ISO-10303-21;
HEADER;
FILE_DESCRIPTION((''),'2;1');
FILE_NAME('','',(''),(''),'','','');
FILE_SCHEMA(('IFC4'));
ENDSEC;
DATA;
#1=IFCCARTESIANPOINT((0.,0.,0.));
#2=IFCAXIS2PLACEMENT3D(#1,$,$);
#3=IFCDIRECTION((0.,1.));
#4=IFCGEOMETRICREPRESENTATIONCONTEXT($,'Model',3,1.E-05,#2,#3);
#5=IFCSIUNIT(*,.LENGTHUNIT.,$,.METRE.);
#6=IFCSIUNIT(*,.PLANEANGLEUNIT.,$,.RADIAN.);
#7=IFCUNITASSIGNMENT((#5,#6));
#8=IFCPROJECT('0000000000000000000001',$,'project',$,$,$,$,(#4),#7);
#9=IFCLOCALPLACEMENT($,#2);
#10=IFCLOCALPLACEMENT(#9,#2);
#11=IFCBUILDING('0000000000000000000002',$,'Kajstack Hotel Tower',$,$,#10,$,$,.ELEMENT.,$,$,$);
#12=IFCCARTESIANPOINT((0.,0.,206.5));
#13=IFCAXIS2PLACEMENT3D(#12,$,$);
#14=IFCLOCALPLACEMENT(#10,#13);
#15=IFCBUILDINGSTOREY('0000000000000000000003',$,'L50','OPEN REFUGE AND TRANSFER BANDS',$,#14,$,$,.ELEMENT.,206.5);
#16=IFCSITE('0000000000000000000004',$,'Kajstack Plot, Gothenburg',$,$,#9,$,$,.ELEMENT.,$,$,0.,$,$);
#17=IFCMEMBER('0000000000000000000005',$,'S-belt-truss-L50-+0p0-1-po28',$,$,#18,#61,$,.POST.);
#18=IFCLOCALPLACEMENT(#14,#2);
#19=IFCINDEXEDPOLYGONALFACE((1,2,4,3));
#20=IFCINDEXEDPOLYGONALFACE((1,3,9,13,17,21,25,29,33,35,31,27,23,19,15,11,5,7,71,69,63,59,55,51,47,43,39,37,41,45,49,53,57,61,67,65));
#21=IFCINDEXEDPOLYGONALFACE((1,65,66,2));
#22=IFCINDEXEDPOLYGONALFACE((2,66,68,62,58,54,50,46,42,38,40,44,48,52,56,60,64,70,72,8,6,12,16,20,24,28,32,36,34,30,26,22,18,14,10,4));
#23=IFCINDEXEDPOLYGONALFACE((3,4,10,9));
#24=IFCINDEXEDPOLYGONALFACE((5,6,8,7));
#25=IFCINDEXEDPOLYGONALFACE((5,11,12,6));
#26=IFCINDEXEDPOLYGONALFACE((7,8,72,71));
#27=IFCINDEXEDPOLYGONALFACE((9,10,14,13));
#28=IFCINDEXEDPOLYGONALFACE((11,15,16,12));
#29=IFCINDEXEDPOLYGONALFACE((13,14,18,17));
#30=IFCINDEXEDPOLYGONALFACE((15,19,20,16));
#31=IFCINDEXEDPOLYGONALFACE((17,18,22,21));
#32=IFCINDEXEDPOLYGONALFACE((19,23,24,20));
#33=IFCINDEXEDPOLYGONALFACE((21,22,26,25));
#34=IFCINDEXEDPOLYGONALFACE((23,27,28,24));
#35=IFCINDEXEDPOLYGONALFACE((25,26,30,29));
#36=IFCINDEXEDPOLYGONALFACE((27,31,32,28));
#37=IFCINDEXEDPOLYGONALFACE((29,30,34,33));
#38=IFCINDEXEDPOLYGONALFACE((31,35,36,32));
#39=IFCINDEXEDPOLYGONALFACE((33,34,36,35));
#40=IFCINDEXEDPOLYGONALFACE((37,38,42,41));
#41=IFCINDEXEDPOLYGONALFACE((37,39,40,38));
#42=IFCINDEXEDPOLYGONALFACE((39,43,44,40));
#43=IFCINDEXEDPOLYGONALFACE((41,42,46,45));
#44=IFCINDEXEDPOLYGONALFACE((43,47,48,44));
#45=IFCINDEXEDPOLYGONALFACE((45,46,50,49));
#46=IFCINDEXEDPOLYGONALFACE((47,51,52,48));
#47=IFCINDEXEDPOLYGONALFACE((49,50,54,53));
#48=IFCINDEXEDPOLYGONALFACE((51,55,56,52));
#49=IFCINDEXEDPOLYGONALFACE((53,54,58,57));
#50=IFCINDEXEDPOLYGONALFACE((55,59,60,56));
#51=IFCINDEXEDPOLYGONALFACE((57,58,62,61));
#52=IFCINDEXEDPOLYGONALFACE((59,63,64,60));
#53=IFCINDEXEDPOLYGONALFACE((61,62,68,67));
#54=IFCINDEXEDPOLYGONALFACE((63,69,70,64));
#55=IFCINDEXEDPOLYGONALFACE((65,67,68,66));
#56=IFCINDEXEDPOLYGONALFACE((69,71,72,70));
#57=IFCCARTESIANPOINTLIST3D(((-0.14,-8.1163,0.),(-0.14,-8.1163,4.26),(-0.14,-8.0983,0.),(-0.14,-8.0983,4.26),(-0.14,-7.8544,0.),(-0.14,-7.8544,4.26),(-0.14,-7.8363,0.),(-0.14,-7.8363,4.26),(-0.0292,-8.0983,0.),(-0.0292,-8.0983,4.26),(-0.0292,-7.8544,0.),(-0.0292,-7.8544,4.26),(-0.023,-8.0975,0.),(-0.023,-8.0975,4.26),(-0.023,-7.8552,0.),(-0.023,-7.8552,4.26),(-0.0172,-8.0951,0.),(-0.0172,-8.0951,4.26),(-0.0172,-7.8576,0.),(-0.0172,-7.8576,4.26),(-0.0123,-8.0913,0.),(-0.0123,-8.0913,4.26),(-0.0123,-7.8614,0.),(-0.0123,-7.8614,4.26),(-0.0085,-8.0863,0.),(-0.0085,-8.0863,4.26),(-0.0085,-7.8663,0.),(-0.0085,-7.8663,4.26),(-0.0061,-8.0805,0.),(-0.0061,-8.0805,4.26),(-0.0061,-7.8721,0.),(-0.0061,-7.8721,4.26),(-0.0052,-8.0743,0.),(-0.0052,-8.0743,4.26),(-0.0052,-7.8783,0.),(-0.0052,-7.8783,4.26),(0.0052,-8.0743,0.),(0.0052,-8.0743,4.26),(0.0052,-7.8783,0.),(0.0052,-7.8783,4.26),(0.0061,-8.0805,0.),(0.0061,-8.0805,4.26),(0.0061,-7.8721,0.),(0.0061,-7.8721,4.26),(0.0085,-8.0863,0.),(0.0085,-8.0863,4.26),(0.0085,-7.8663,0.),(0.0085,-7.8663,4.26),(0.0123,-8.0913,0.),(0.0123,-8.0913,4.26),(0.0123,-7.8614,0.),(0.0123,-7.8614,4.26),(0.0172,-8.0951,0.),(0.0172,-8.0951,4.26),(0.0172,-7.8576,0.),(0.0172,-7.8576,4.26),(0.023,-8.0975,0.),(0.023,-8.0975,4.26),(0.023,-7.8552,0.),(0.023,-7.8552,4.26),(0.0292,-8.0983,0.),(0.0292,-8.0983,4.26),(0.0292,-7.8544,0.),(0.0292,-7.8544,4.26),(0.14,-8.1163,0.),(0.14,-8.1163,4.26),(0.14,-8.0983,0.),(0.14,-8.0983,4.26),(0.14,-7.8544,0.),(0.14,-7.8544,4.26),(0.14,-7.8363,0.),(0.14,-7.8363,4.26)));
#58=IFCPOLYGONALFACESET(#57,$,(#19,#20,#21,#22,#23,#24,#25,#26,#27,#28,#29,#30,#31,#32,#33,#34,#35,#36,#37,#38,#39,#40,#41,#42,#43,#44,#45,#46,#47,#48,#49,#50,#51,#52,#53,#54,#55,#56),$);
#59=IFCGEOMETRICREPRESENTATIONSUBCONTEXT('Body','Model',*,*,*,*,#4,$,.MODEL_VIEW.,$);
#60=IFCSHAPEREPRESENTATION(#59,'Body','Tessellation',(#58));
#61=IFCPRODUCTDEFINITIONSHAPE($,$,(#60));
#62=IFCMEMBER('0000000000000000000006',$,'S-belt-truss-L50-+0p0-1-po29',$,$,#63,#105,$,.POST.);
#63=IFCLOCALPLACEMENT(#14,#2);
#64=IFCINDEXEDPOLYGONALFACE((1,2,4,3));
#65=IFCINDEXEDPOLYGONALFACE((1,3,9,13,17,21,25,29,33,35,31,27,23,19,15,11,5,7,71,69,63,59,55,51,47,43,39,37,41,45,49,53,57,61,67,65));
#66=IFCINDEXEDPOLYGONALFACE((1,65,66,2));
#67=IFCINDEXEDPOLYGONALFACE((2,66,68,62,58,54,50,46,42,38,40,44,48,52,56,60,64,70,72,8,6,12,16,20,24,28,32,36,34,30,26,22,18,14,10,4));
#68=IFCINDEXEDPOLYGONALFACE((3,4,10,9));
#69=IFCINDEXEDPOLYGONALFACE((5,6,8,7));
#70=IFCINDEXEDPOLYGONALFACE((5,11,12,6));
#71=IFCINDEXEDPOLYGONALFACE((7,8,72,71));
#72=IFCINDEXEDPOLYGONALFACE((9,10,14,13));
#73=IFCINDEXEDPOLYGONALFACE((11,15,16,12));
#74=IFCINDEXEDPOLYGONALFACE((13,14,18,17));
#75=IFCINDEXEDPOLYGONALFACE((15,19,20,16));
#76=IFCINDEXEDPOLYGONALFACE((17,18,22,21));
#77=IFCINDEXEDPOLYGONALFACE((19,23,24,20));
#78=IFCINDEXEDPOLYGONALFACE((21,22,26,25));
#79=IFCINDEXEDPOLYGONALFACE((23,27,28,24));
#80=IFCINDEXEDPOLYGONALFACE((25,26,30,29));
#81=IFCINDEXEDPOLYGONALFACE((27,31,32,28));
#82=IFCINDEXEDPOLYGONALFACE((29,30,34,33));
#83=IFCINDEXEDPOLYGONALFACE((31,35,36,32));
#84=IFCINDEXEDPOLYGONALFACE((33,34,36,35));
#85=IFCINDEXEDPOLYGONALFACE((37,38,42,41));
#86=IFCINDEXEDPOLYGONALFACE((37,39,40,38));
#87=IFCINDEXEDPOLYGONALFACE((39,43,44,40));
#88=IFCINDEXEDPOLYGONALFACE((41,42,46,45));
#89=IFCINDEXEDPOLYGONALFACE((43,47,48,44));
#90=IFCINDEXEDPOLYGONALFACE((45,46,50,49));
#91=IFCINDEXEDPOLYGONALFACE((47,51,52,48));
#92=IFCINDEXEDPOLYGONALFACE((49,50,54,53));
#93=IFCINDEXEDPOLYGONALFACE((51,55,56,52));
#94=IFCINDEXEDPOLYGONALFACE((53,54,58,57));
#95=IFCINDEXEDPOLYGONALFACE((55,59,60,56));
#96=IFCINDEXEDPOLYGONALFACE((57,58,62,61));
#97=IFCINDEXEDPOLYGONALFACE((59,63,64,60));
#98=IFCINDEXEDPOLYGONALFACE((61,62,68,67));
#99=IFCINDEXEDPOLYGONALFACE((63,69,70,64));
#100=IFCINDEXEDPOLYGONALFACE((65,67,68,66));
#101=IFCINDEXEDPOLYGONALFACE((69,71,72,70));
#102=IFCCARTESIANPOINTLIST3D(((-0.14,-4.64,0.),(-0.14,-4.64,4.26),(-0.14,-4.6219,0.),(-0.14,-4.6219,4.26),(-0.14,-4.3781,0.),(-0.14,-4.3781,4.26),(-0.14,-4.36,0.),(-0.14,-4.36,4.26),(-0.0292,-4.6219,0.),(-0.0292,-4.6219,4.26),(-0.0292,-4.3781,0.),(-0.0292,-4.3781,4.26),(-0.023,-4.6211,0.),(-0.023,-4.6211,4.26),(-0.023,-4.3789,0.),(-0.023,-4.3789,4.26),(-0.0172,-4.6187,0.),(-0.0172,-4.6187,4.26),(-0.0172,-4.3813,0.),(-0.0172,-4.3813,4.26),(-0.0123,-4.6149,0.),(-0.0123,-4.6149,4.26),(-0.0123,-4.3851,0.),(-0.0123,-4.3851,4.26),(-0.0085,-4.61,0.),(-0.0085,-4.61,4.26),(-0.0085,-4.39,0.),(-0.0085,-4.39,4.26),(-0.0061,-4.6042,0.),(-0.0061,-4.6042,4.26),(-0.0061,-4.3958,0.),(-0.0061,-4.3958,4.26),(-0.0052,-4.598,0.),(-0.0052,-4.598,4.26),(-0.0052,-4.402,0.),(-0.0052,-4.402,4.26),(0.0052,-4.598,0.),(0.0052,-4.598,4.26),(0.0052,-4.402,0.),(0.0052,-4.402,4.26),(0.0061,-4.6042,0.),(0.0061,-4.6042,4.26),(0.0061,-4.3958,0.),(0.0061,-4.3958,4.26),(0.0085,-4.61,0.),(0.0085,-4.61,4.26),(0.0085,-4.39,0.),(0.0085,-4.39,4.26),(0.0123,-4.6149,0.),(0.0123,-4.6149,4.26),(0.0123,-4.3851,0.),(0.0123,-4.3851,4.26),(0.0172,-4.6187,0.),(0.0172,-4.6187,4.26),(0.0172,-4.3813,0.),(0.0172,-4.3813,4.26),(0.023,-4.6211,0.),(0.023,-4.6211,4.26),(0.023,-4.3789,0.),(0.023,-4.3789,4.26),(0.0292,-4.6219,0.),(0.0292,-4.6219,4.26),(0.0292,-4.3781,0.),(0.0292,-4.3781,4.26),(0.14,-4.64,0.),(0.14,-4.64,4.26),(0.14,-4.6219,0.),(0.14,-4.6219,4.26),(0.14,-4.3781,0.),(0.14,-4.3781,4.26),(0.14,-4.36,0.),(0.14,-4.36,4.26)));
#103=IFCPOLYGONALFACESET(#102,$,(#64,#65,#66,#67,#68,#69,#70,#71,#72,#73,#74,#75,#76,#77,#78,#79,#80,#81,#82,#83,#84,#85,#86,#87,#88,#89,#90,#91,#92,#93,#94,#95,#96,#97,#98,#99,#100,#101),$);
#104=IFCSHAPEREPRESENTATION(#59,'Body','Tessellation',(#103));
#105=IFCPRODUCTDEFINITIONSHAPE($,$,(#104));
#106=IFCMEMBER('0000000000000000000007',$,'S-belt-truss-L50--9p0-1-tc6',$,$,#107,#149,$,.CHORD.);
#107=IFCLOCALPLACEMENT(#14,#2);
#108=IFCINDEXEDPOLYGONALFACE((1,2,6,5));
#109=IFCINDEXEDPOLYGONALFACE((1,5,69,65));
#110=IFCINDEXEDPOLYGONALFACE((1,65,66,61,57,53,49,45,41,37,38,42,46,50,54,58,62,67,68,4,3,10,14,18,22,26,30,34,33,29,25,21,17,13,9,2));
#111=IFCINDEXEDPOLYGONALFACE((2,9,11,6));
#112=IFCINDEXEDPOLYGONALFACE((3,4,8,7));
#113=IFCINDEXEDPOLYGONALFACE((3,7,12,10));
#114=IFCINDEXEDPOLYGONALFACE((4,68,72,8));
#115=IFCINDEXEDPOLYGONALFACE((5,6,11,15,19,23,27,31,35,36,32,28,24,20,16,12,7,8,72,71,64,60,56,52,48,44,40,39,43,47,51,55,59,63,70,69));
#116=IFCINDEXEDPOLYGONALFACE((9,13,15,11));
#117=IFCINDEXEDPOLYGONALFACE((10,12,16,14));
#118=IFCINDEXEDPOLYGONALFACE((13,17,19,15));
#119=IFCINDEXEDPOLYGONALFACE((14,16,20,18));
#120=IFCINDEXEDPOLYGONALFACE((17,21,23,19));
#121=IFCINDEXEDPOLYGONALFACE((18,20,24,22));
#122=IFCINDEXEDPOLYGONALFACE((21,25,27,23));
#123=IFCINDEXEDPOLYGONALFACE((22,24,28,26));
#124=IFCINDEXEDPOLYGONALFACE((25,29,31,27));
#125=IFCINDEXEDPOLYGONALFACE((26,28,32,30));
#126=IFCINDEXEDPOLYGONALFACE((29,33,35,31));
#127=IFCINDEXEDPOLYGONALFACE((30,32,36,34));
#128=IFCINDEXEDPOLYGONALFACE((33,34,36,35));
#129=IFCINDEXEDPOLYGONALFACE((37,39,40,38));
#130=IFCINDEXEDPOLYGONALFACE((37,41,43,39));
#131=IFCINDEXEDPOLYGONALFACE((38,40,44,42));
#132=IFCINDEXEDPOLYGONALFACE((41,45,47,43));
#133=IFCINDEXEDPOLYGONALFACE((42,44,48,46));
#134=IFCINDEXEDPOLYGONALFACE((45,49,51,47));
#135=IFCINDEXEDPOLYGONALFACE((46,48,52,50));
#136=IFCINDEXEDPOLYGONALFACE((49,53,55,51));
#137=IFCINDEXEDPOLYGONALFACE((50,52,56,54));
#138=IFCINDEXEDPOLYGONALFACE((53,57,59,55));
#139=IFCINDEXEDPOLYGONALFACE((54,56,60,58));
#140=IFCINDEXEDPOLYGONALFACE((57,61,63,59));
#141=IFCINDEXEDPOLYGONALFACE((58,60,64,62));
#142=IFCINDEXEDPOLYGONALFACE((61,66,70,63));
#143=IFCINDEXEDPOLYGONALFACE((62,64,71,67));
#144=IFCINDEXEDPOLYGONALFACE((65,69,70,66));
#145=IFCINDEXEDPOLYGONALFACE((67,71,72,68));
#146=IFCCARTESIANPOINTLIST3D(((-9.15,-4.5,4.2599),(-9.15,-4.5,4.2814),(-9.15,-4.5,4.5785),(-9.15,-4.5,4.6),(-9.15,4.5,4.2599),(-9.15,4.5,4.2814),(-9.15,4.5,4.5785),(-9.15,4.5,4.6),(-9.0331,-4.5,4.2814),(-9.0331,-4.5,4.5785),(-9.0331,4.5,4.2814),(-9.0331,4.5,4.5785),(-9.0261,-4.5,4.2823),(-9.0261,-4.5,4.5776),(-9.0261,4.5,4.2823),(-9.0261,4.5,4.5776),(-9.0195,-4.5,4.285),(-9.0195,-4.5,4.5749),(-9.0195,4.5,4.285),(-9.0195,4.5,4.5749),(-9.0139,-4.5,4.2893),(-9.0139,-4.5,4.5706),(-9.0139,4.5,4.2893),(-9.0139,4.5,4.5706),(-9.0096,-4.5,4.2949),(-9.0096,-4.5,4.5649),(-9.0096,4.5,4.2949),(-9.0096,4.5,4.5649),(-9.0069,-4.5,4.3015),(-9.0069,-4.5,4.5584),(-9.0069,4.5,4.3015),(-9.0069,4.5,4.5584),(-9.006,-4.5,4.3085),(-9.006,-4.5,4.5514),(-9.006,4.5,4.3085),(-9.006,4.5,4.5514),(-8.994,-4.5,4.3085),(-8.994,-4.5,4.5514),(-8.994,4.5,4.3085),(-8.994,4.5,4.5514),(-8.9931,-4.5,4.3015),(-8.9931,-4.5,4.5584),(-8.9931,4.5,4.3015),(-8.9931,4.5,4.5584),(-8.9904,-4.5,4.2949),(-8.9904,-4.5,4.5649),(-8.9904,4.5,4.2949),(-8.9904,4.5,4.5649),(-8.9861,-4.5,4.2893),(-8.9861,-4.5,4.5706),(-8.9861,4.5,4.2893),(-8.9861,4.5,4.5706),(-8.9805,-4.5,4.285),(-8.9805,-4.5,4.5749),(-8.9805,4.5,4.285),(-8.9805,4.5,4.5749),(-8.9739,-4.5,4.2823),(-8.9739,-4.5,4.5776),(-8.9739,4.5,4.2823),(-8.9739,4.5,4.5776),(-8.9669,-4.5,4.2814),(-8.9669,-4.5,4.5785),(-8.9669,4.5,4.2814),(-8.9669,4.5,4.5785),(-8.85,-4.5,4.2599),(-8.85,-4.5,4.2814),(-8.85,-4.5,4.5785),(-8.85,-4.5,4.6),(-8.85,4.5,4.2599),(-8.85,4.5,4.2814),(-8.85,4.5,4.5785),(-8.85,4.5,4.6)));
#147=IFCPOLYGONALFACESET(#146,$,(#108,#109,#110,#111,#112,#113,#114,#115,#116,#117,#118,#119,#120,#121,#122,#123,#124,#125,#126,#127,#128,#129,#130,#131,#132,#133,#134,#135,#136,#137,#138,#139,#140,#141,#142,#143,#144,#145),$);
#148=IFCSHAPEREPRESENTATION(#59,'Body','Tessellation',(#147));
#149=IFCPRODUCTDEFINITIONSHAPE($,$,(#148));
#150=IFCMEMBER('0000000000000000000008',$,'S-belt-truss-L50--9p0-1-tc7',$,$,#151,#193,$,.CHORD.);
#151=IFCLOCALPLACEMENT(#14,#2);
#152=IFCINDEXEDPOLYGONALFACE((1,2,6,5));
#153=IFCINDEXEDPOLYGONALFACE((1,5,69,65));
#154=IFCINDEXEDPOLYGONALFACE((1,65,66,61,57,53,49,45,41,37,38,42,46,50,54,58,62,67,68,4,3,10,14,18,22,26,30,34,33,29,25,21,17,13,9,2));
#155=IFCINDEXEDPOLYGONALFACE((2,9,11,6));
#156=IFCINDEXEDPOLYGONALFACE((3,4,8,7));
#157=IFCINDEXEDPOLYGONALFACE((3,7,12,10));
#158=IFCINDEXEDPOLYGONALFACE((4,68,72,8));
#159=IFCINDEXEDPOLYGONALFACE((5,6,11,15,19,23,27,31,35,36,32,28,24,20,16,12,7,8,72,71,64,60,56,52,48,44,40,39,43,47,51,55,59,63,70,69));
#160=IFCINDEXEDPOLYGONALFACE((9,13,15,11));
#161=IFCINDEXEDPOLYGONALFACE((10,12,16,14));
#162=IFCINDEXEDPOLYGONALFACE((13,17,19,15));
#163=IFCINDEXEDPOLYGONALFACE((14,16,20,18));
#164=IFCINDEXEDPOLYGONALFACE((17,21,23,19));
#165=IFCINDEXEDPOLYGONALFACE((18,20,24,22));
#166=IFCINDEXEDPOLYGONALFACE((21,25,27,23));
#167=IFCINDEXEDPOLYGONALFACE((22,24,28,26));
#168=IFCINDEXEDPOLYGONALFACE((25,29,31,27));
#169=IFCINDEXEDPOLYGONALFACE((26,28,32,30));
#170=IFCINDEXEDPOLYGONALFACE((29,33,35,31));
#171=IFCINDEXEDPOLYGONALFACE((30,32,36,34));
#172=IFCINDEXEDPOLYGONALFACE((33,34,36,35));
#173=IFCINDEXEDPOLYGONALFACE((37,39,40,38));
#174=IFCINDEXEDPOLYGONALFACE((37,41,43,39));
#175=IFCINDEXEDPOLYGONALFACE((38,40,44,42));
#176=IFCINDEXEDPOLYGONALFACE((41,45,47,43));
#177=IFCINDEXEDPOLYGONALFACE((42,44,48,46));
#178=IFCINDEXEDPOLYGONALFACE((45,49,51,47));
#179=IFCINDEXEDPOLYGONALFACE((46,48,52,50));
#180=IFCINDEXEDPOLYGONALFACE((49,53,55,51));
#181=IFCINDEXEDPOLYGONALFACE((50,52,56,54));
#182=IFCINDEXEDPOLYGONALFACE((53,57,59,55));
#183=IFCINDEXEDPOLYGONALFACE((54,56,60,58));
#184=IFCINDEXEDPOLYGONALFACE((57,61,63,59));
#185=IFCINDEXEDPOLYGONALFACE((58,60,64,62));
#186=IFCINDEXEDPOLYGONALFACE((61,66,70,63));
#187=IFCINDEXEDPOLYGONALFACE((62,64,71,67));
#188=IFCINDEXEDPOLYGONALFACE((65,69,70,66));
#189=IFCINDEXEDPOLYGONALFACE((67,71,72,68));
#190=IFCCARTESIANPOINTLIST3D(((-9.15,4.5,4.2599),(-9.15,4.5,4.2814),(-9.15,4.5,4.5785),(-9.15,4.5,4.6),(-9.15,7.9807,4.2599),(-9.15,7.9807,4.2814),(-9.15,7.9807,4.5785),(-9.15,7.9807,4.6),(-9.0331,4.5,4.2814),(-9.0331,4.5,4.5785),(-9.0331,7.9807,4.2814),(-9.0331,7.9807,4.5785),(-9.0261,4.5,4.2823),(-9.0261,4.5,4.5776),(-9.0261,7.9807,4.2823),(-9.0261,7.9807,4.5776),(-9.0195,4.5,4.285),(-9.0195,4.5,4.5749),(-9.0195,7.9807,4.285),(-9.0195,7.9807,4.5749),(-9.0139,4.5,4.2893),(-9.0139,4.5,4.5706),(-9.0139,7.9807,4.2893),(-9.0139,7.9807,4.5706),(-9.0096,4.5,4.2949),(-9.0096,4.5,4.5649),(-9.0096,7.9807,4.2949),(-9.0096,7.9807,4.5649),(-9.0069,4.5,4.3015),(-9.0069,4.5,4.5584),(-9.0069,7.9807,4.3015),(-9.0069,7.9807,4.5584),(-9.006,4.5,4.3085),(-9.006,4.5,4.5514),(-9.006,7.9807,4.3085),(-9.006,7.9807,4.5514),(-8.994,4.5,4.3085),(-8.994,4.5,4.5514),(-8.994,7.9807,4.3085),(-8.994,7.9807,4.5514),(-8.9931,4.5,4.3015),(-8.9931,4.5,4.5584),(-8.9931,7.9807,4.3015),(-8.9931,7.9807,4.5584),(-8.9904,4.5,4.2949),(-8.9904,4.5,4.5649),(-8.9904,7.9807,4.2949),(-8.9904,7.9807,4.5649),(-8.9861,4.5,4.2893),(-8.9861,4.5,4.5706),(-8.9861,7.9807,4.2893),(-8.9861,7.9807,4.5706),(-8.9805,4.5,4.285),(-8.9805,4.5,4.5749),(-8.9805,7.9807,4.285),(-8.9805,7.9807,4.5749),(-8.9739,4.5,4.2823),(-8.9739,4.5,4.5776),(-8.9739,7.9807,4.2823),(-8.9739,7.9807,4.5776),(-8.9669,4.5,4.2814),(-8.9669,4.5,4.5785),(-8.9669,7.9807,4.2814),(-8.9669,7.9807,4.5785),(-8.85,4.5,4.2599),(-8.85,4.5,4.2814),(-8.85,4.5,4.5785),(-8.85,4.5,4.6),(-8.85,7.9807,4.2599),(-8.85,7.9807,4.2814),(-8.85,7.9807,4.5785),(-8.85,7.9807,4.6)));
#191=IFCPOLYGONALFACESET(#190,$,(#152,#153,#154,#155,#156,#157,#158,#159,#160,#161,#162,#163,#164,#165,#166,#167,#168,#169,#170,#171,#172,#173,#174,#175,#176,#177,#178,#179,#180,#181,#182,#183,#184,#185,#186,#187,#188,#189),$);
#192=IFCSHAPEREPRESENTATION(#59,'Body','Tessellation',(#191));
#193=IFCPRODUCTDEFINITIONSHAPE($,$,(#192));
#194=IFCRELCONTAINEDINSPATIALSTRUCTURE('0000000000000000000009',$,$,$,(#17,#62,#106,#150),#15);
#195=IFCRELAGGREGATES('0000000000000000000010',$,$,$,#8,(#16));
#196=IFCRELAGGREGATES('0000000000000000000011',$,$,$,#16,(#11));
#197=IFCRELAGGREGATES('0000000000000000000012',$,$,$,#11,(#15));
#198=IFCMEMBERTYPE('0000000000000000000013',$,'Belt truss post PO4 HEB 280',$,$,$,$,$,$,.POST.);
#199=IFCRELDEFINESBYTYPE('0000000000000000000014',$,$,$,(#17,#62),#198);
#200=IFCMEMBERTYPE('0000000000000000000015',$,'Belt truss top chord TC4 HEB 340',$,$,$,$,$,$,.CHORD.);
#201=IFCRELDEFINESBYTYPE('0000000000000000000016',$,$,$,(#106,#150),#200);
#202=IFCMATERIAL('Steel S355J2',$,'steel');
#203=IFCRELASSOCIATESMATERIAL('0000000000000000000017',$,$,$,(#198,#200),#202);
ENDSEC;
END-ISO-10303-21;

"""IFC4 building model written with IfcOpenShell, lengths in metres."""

from ifc_helpers import new_model, si_unit, direction, frame, origin, origin_2d, place, context, subcontext, project, spatial, i_section, extrude, material, material_profile, profile_set, type_object, element, save


model = new_model("IFC4")

# Units and contexts
model_context = context("Model", 3, precision=1e-05, world=origin(), true_north=direction((0.0, 1.0)))
body_context = subcontext(model_context, "Body", "Model", "MODEL_VIEW")
ifc_project = project(units=[si_unit("LENGTHUNIT", "METRE"), si_unit("PLANEANGLEUNIT", "RADIAN")], contexts=[model_context])

# Site, building, storey
site_placement = place(None, origin())
site = spatial("IfcSite", under=ifc_project, at=site_placement, Name="Kajstack Plot, Gothenburg", CompositionType="ELEMENT", RefElevation=0.0)
building_placement = place(site_placement, origin())
building = spatial("IfcBuilding", under=site, at=building_placement, Name="Kajstack Hotel Tower", CompositionType="ELEMENT")
storey_placement = place(building_placement, frame((0.0, 0.0, 206.5)))
storey = spatial("IfcBuildingStorey", under=building, at=storey_placement, Name="L50", Description="OPEN REFUGE AND TRANSFER BANDS", CompositionType="ELEMENT", Elevation=206.5)

# Members
ifc_material_1 = material(Name="Steel S355J2", Category="steel")
ifc_material_profile_1 = material_profile(ifc_material_1, i_section(OverallWidth=0.28, OverallDepth=0.28, WebThickness=0.0105, FlangeThickness=0.0181, FilletRadius=0.0239, at=origin_2d()), Name="HEB 280")
ifc_profile_set_1 = profile_set([ifc_material_profile_1], Name="Steel S355J2")
member_type_1 = type_object("IfcMemberType", Name="Belt truss post PO4 HEB 280", PredefinedType="POST", material=ifc_profile_set_1)
for number, where, z_axis, x_axis, name in (
    (1, (0.0, -7.9763, 0.0), (0.0, 0.0, 1.0), (1.0, 0.0, 0.0), "S-belt-truss-L50-+0p0-1-po28"),
    (2, (0.0, -4.5, 0.0), (0.0, 0.0, 1.0), (1.0, 0.0, 0.0), "S-belt-truss-L50-+0p0-1-po29"),
):
    element("IfcMember", number, at=place(storey_placement, frame(where, z_axis=z_axis, x_axis=x_axis)), inside=storey, type_object=member_type_1, Name=name, PredefinedType="POST", context=body_context, shape_type="SweptSolid", body=[
        extrude(i_section(OverallWidth=0.28, OverallDepth=0.28, WebThickness=0.0105, FlangeThickness=0.0181, FilletRadius=0.0239, at=origin_2d()), origin(), (0.0, 0.0, 1.0), 4.26),
    ])
ifc_material_profile_2 = material_profile(ifc_material_1, i_section(OverallWidth=0.3, OverallDepth=0.3401, WebThickness=0.012, FlangeThickness=0.0215, FilletRadius=0.0271, at=origin_2d()), Name="HEB 340")
ifc_profile_set_2 = profile_set([ifc_material_profile_2], Name="Steel S355J2")
member_type_2 = type_object("IfcMemberType", Name="Belt truss top chord TC4 HEB 340", PredefinedType="CHORD", material=ifc_profile_set_2)
member_1_placement = place(storey_placement, frame((-9.0, -4.5, 4.4299), z_axis=(0.0, 1.0, 0.0), x_axis=(-1.0, 0.0, 0.0)))
element("IfcMember", 3, at=member_1_placement, inside=storey, type_object=member_type_2, Name="S-belt-truss-L50--9p0-1-tc6", PredefinedType="CHORD", context=body_context, shape_type="SweptSolid", body=[
    extrude(i_section(OverallWidth=0.3, OverallDepth=0.3401, WebThickness=0.012, FlangeThickness=0.0215, FilletRadius=0.0271, at=origin_2d()), origin(), (0.0, 0.0, 1.0), 9.0),
])
member_2_placement = place(storey_placement, frame((-9.0, 4.5, 4.4299), z_axis=(0.0, 1.0, 0.0), x_axis=(-1.0, 0.0, 0.0)))
element("IfcMember", 4, at=member_2_placement, inside=storey, type_object=member_type_2, Name="S-belt-truss-L50--9p0-1-tc7", PredefinedType="CHORD", context=body_context, shape_type="SweptSolid", body=[
    extrude(i_section(OverallWidth=0.3, OverallDepth=0.3401, WebThickness=0.012, FlangeThickness=0.0215, FilletRadius=0.0271, at=origin_2d()), origin(), (0.0, 0.0, 1.0), 3.4807),
])

save(model, "model.ifc")
